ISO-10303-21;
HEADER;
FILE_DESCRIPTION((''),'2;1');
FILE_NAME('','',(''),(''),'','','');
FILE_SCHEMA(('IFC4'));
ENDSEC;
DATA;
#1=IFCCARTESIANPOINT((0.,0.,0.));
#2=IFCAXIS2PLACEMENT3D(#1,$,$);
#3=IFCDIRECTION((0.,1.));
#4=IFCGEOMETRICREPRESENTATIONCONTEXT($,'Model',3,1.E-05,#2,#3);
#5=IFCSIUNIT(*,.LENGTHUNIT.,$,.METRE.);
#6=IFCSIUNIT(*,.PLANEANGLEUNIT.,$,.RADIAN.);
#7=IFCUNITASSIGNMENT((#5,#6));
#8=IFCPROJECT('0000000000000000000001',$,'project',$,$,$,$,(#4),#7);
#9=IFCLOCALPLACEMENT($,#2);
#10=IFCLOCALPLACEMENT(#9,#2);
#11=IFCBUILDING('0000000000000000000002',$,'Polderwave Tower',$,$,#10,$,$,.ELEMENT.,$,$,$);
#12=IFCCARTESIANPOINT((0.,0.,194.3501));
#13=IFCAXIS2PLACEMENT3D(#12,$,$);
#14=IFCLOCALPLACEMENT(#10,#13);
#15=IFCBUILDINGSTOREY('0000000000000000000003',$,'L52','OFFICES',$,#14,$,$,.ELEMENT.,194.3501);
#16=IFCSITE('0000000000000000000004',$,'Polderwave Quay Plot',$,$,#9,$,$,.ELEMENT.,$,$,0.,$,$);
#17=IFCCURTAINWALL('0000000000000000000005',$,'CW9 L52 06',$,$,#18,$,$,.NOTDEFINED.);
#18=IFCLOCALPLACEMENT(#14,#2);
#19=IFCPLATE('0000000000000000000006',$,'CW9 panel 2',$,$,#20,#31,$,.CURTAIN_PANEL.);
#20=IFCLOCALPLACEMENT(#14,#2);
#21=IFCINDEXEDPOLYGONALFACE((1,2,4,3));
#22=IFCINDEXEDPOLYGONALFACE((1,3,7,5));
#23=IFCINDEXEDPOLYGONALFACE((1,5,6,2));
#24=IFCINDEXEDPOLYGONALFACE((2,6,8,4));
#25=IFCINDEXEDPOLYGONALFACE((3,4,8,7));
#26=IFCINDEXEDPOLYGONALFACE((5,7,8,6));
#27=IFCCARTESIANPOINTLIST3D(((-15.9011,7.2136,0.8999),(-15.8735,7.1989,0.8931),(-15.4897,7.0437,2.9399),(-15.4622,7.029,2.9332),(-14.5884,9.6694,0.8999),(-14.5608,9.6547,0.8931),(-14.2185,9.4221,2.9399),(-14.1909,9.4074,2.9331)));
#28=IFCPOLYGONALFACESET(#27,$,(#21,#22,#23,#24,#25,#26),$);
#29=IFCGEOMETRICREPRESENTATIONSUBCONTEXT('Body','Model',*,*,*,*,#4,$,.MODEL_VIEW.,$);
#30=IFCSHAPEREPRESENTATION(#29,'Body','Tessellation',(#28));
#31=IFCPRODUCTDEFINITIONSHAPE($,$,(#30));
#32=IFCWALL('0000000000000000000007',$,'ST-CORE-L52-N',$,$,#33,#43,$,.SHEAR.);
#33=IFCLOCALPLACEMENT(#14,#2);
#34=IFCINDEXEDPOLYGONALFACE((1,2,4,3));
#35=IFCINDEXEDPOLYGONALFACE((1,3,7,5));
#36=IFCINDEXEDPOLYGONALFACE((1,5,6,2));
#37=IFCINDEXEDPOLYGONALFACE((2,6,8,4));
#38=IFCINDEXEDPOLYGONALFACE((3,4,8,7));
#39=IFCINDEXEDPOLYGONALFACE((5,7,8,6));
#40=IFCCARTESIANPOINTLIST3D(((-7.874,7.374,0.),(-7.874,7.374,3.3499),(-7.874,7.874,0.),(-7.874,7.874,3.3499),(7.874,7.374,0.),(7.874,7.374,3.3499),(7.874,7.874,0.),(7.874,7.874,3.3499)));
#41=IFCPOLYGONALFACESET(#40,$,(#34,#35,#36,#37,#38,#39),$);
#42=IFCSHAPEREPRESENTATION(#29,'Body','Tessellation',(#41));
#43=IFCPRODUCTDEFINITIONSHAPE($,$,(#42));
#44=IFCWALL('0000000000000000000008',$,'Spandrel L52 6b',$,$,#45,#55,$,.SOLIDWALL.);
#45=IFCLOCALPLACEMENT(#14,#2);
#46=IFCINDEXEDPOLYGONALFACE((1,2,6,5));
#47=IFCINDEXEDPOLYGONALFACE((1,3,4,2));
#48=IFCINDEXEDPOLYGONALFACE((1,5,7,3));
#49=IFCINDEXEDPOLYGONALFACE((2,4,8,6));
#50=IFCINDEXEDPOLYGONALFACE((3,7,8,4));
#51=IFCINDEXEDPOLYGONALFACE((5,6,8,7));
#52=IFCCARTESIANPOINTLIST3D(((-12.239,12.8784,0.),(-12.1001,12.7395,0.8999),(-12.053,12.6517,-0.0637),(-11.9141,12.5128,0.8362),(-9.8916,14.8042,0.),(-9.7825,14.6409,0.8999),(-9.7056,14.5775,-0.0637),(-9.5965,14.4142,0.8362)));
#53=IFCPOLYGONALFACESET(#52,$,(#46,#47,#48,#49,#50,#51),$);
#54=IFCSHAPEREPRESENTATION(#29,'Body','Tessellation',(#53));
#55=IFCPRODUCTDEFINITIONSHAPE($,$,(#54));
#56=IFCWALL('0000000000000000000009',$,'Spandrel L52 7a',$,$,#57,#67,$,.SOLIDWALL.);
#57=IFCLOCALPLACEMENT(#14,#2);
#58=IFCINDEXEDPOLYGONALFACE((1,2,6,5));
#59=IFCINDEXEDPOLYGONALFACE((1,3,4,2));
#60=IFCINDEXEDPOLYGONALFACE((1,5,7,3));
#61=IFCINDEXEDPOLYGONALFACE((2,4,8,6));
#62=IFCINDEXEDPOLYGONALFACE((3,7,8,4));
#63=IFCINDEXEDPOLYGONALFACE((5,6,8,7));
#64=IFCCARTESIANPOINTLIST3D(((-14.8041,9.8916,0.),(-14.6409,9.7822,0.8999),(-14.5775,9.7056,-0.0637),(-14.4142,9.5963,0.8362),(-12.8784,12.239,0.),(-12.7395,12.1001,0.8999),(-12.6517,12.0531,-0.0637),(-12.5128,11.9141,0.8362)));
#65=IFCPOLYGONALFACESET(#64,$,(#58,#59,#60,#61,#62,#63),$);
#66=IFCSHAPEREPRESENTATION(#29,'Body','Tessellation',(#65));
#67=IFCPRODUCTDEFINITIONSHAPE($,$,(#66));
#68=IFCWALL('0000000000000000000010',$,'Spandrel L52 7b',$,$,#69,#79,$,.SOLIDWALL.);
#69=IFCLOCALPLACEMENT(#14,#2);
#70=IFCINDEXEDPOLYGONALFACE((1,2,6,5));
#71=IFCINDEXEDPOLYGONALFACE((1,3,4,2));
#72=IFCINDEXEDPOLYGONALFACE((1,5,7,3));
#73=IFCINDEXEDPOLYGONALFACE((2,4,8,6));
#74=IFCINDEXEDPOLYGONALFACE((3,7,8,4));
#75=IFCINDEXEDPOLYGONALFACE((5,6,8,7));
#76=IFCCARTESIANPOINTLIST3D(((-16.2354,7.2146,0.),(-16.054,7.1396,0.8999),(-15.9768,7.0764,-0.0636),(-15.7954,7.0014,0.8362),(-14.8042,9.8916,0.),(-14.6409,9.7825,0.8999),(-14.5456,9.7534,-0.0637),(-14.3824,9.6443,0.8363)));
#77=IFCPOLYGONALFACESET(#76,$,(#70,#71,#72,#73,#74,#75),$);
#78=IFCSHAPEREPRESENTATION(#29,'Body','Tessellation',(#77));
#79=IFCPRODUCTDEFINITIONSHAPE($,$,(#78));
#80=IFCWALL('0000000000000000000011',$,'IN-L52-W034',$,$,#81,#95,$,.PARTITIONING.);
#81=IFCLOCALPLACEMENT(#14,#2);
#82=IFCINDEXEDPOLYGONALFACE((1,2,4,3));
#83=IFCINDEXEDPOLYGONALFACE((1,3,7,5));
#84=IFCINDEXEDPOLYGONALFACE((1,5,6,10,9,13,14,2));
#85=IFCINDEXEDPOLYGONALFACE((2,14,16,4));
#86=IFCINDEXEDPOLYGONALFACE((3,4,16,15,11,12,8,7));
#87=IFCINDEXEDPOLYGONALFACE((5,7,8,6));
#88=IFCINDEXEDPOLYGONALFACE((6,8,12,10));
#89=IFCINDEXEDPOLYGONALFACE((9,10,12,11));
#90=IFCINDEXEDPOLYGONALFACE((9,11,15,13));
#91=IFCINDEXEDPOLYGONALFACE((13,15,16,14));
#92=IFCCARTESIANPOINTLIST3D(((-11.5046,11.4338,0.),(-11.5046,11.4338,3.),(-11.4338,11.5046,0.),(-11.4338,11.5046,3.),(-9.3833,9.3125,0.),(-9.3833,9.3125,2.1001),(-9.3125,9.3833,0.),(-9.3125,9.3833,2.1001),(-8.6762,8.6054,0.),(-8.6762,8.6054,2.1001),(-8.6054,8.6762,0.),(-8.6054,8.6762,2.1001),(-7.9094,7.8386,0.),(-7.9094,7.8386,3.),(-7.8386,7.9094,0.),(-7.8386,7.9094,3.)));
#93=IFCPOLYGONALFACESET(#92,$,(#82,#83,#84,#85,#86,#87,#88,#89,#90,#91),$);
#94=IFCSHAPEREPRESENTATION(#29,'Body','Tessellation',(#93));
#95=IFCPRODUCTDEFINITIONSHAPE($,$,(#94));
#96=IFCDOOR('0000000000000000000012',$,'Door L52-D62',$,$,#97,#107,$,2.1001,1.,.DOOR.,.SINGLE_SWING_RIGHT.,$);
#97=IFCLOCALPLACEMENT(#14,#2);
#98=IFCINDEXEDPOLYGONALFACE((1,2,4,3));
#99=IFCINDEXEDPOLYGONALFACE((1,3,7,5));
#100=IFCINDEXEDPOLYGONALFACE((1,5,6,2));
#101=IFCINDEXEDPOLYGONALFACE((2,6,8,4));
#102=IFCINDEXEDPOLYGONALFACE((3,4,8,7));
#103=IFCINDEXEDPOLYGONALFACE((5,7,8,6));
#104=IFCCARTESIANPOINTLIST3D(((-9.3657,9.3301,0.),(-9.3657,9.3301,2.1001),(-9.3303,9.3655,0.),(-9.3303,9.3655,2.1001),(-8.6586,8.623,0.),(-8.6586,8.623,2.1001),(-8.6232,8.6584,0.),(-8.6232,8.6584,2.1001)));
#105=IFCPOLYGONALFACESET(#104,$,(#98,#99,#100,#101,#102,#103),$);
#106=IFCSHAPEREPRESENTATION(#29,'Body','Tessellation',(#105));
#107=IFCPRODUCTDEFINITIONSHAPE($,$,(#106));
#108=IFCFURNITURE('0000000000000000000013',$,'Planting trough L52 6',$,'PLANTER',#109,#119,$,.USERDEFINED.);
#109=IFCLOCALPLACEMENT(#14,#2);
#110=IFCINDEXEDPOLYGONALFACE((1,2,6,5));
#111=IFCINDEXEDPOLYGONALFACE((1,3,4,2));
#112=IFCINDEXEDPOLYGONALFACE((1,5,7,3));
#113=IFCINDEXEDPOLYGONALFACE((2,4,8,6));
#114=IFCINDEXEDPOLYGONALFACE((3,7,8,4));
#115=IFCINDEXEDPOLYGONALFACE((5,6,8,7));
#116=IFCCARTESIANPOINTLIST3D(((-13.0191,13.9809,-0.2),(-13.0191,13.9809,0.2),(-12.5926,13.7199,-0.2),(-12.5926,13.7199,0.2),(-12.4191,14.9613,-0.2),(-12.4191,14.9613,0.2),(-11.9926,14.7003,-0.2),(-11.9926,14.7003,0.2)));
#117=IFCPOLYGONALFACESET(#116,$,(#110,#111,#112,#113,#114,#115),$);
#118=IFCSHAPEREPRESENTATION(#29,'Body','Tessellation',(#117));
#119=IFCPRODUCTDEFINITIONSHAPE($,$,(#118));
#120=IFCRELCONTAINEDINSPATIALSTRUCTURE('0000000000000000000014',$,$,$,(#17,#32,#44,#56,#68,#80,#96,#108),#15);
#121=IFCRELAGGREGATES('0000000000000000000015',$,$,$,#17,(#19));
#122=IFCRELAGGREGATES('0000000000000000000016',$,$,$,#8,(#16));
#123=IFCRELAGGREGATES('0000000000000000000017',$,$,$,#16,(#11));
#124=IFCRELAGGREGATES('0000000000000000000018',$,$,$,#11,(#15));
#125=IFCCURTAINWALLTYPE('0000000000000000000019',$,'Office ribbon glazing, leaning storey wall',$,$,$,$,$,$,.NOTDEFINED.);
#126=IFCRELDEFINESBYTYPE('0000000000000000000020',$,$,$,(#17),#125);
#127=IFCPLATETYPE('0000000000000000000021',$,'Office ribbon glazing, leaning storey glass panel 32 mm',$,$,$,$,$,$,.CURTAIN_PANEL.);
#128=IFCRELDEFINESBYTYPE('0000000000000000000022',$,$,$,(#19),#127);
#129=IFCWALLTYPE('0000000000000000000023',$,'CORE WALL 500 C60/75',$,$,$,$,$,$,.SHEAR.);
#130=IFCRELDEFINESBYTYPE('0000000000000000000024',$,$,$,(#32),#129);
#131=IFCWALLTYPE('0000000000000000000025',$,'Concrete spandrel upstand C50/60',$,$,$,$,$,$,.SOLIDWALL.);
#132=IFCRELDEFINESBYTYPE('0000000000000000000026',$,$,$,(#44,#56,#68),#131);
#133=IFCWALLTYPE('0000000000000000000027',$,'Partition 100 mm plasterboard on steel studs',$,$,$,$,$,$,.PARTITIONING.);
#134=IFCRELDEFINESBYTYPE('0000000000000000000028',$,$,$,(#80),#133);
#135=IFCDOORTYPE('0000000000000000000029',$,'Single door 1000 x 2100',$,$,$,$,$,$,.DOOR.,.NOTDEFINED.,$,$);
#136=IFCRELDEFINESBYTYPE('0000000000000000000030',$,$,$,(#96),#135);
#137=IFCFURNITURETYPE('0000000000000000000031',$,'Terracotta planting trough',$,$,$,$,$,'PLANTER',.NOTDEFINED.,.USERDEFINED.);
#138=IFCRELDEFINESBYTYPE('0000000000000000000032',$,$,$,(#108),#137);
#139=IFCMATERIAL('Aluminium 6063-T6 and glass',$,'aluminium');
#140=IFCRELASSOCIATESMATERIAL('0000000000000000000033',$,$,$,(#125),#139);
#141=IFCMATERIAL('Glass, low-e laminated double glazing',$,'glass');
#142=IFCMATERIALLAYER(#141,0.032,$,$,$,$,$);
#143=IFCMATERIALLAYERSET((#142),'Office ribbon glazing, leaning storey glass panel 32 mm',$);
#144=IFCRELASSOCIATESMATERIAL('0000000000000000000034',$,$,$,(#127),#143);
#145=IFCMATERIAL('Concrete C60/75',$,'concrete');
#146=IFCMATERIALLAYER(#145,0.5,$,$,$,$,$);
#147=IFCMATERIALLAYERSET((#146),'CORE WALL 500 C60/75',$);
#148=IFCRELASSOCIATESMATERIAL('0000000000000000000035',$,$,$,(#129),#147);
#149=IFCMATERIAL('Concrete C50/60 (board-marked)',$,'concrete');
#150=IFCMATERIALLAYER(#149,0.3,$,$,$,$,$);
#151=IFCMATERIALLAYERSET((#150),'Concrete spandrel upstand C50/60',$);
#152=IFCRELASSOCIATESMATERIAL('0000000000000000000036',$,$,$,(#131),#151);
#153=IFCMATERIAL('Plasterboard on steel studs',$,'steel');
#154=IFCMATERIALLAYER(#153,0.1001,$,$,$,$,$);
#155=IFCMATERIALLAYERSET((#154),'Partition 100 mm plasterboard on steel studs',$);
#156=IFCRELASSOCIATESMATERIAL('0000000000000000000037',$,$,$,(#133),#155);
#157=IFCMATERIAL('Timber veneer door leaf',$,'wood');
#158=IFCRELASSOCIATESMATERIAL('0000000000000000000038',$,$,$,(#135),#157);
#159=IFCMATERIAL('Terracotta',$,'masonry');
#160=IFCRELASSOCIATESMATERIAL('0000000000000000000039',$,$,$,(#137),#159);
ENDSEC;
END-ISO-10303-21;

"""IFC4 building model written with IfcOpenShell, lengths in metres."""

from ifc_helpers import new_model, si_unit, direction, frame, frame_2d, origin, origin_2d, place, context, subcontext, project, spatial, polyline, rectangle, outline, extrude, material, layer, layer_set, type_object, element, fill, aggregate, save


model = new_model("IFC4")

# Units and contexts
model_context = context("Model", 3, precision=1e-05, world=origin(), true_north=direction((0.0, 1.0)))
body_context = subcontext(model_context, "Body", "Model", "MODEL_VIEW")
ifc_project = project(units=[si_unit("LENGTHUNIT", "METRE"), si_unit("PLANEANGLEUNIT", "RADIAN")], contexts=[model_context])

# Site, building, storey
site_placement = place(None, origin())
site = spatial("IfcSite", under=ifc_project, at=site_placement, Name="Polderwave Quay Plot", CompositionType="ELEMENT", RefElevation=0.0)
building_placement = place(site_placement, origin())
building = spatial("IfcBuilding", under=site, at=building_placement, Name="Polderwave Tower", CompositionType="ELEMENT")
storey_placement = place(building_placement, frame((0.0, 0.0, 194.3501)))
storey = spatial("IfcBuildingStorey", under=building, at=storey_placement, Name="L52", Description="OFFICES", CompositionType="ELEMENT", Elevation=194.3501)

# Shared definitions
ifc_material_1 = material(Name="Concrete C60/75", Category="concrete")

# Curtain wall
ifc_material_2 = material(Name="Aluminium 6063-T6 and glass", Category="aluminium")
curtain_wall_type = type_object("IfcCurtainWallType", Name="Office ribbon glazing, leaning storey wall", PredefinedType="NOTDEFINED", material=ifc_material_2)
curtain_wall_1_placement = place(storey_placement, origin())
curtain_wall_1 = element("IfcCurtainWall", 1, at=curtain_wall_1_placement, inside=storey, type_object=curtain_wall_type, Name="CW9 L52 06", PredefinedType="NOTDEFINED")

# Plate
ifc_material_3 = material(Name="Glass, low-e laminated double glazing", Category="glass")
ifc_layer_1 = layer(ifc_material_3, 0.032)
ifc_layer_set_1 = layer_set([ifc_layer_1], Name="Office ribbon glazing, leaning storey glass panel 32 mm")
plate_type = type_object("IfcPlateType", Name="Office ribbon glazing, leaning storey glass panel 32 mm", PredefinedType="CURTAIN_PANEL", material=ifc_layer_set_1)
plate_1_placement = place(storey_placement, frame((-14.5884, 9.6694, 0.8999), z_axis=(-0.861846, 0.460673, 0.212135), x_axis=(-0.471403, -0.881918, -0.000004)))
plate_1 = element("IfcPlate", 2, at=plate_1_placement, type_object=plate_type, Name="CW9 panel 2", PredefinedType="CURTAIN_PANEL", context=body_context, shape_type="SweptSolid", body=[
    extrude(outline(polyline([(0.0, 0.0), (2.7847, 0.0), (2.7406, 2.0876), (0.0437, 2.0875), (0.0, 0.0)])), origin(), (0.0, 0.0, -1.0), 0.032),
])
aggregate(curtain_wall_1, [plate_1])

# Walls
ifc_layer_2 = layer(ifc_material_1, 0.5)
ifc_layer_set_2 = layer_set([ifc_layer_2], Name="CORE WALL 500 C60/75")
wall_type_1 = type_object("IfcWallType", Name="CORE WALL 500 C60/75", PredefinedType="SHEAR", material=ifc_layer_set_2)
wall_1_placement = place(storey_placement, frame((-7.874, 7.624, 0.0), z_axis=(0.0, 0.0, 1.0), x_axis=(1.0, 0.0, 0.0)))
element("IfcWall", 3, at=wall_1_placement, inside=storey, type_object=wall_type_1, Name="ST-CORE-L52-N", PredefinedType="SHEAR", context=body_context, shape_type="SweptSolid", body=[
    extrude(rectangle(XDim=15.748, YDim=0.5, at=frame_2d((7.874, 0.0))), origin(), (0.0, 0.0, 1.0), 3.3499),
])
ifc_material_4 = material(Name="Concrete C50/60 (board-marked)", Category="concrete")
ifc_layer_3 = layer(ifc_material_4, 0.3)
ifc_layer_set_3 = layer_set([ifc_layer_3], Name="Concrete spandrel upstand C50/60")
wall_type_2 = type_object("IfcWallType", Name="Concrete spandrel upstand C50/60", PredefinedType="SOLIDWALL", material=ifc_layer_set_3)
wall_2_placement = place(storey_placement, frame((-9.8916, 14.8042, 0.0), z_axis=(-0.619802, 0.755498, 0.212293), x_axis=(-0.77312, -0.634259, -0.000001)))
element("IfcWall", 4, at=wall_2_placement, inside=storey, type_object=wall_type_2, Name="Spandrel L52 6b", PredefinedType="SOLIDWALL", context=body_context, shape_type="SweptSolid", body=[
    extrude(outline(polyline([(0.0, 0.0), (3.0363, 0.0), (3.017, 0.9209), (0.0192, 0.9209), (0.0, 0.0)])), origin(), (0.0, 0.0, -1.0), 0.3),
])
wall_3_placement = place(storey_placement, frame((-12.8784, 12.239, 0.0), z_axis=(-0.7555, 0.619772, 0.212373), x_axis=(-0.634241, -0.773136, -0.000005)))
element("IfcWall", 5, at=wall_3_placement, inside=storey, type_object=wall_type_2, Name="Spandrel L52 7a", PredefinedType="SOLIDWALL", context=body_context, shape_type="SweptSolid", body=[
    extrude(outline(polyline([(0.0, 0.0), (3.0363, 0.0), (3.0172, 0.9209), (0.0193, 0.9209), (0.0, 0.0)])), origin(), (0.0, 0.0, -1.0), 0.3),
])
wall_4_placement = place(storey_placement, frame((-14.8042, 9.8916, 0.0), z_axis=(-0.861789, 0.460755, 0.212189), x_axis=(-0.47149, -0.881871, 0.000006)))
element("IfcWall", 6, at=wall_4_placement, inside=storey, type_object=wall_type_2, Name="Spandrel L52 7b", PredefinedType="SOLIDWALL", context=body_context, shape_type="SweptSolid", body=[
    extrude(outline(polyline([(0.0, 0.0), (3.0355, 0.0), (3.0161, 0.9209), (0.0192, 0.9209), (0.0, 0.0)])), origin(), (0.0, 0.0, -1.0), 0.3),
])

# Wall, opening, door
ifc_material_5 = material(Name="Plasterboard on steel studs", Category="steel")
ifc_layer_4 = layer(ifc_material_5, 0.1001)
ifc_layer_set_4 = layer_set([ifc_layer_4], Name="Partition 100 mm plasterboard on steel studs")
wall_type_3 = type_object("IfcWallType", Name="Partition 100 mm plasterboard on steel studs", PredefinedType="PARTITIONING", material=ifc_layer_set_4)
wall_5_placement = place(storey_placement, frame((-11.4692, 11.4692, 0.0), z_axis=(0.0, 0.0, 1.0), x_axis=(0.707107, -0.707107, 0.0)))
wall_5 = element("IfcWall", 7, at=wall_5_placement, inside=storey, type_object=wall_type_3, Name="IN-L52-W034", PredefinedType="PARTITIONING", context=body_context, shape_type="SweptSolid", body=[
    extrude(rectangle(XDim=5.0845, YDim=0.1001, at=frame_2d((2.5422, 0.0))), origin(), (0.0, 0.0, 1.0), 3.0),
])
opening_placement = place(wall_5_placement, frame((3.0, 0.0, 0.0)))
opening = element("IfcOpeningElement", 8, at=opening_placement, cuts=wall_5, PredefinedType="OPENING", context=body_context, shape_type="SweptSolid", body=[
    extrude(rectangle(XDim=1.0, YDim=2.1001, at=frame_2d((0.5, 1.05))), frame((0.0, 0.0601, 0.0), z_axis=(0.0, -1.0, 0.0), x_axis=(1.0, 0.0, 0.0)), (0.0, 0.0, 1.0), 0.1201),
])
ifc_material_6 = material(Name="Timber veneer door leaf", Category="wood")
door_type = type_object("IfcDoorType", Name="Single door 1000 x 2100", OperationType="NOTDEFINED", PredefinedType="DOOR", material=ifc_material_6)
door_placement = place(opening_placement, origin())
door = element("IfcDoor", 9, at=door_placement, inside=storey, type_object=door_type, Name="Door L52-D62", OperationType="SINGLE_SWING_RIGHT", OverallHeight=2.1001, OverallWidth=1.0, PredefinedType="DOOR", context=body_context, shape_type="SweptSolid", body=[
    extrude(rectangle(XDim=1.0, YDim=2.1001, at=frame_2d((0.5, 1.05))), frame((0.0, 0.0249, 0.0), z_axis=(0.0, -1.0, 0.0), x_axis=(1.0, 0.0, 0.0)), (0.0, 0.0, 1.0), 0.05),
])
fill(opening, door)

# Furniture
ifc_material_7 = material(Name="Terracotta", Category="masonry")
furniture_type = type_object("IfcFurnitureType", Name="Terracotta planting trough", ElementType="PLANTER", AssemblyPlace="NOTDEFINED", PredefinedType="USERDEFINED", material=ifc_material_7)
furniture_placement = place(storey_placement, frame((-12.5059, 14.3406, -0.2), z_axis=(0.0, 0.0, 1.0), x_axis=(-0.521951, -0.852976, 0.0)))
element("IfcFurniture", 10, at=furniture_placement, inside=storey, type_object=furniture_type, Name="Planting trough L52 6", ObjectType="PLANTER", PredefinedType="USERDEFINED", context=body_context, shape_type="SweptSolid", body=[
    extrude(rectangle(XDim=1.1494, YDim=0.5, at=origin_2d()), origin(), (0.0, 0.0, 1.0), 0.3999),
])

save(model, "model.ifc")
